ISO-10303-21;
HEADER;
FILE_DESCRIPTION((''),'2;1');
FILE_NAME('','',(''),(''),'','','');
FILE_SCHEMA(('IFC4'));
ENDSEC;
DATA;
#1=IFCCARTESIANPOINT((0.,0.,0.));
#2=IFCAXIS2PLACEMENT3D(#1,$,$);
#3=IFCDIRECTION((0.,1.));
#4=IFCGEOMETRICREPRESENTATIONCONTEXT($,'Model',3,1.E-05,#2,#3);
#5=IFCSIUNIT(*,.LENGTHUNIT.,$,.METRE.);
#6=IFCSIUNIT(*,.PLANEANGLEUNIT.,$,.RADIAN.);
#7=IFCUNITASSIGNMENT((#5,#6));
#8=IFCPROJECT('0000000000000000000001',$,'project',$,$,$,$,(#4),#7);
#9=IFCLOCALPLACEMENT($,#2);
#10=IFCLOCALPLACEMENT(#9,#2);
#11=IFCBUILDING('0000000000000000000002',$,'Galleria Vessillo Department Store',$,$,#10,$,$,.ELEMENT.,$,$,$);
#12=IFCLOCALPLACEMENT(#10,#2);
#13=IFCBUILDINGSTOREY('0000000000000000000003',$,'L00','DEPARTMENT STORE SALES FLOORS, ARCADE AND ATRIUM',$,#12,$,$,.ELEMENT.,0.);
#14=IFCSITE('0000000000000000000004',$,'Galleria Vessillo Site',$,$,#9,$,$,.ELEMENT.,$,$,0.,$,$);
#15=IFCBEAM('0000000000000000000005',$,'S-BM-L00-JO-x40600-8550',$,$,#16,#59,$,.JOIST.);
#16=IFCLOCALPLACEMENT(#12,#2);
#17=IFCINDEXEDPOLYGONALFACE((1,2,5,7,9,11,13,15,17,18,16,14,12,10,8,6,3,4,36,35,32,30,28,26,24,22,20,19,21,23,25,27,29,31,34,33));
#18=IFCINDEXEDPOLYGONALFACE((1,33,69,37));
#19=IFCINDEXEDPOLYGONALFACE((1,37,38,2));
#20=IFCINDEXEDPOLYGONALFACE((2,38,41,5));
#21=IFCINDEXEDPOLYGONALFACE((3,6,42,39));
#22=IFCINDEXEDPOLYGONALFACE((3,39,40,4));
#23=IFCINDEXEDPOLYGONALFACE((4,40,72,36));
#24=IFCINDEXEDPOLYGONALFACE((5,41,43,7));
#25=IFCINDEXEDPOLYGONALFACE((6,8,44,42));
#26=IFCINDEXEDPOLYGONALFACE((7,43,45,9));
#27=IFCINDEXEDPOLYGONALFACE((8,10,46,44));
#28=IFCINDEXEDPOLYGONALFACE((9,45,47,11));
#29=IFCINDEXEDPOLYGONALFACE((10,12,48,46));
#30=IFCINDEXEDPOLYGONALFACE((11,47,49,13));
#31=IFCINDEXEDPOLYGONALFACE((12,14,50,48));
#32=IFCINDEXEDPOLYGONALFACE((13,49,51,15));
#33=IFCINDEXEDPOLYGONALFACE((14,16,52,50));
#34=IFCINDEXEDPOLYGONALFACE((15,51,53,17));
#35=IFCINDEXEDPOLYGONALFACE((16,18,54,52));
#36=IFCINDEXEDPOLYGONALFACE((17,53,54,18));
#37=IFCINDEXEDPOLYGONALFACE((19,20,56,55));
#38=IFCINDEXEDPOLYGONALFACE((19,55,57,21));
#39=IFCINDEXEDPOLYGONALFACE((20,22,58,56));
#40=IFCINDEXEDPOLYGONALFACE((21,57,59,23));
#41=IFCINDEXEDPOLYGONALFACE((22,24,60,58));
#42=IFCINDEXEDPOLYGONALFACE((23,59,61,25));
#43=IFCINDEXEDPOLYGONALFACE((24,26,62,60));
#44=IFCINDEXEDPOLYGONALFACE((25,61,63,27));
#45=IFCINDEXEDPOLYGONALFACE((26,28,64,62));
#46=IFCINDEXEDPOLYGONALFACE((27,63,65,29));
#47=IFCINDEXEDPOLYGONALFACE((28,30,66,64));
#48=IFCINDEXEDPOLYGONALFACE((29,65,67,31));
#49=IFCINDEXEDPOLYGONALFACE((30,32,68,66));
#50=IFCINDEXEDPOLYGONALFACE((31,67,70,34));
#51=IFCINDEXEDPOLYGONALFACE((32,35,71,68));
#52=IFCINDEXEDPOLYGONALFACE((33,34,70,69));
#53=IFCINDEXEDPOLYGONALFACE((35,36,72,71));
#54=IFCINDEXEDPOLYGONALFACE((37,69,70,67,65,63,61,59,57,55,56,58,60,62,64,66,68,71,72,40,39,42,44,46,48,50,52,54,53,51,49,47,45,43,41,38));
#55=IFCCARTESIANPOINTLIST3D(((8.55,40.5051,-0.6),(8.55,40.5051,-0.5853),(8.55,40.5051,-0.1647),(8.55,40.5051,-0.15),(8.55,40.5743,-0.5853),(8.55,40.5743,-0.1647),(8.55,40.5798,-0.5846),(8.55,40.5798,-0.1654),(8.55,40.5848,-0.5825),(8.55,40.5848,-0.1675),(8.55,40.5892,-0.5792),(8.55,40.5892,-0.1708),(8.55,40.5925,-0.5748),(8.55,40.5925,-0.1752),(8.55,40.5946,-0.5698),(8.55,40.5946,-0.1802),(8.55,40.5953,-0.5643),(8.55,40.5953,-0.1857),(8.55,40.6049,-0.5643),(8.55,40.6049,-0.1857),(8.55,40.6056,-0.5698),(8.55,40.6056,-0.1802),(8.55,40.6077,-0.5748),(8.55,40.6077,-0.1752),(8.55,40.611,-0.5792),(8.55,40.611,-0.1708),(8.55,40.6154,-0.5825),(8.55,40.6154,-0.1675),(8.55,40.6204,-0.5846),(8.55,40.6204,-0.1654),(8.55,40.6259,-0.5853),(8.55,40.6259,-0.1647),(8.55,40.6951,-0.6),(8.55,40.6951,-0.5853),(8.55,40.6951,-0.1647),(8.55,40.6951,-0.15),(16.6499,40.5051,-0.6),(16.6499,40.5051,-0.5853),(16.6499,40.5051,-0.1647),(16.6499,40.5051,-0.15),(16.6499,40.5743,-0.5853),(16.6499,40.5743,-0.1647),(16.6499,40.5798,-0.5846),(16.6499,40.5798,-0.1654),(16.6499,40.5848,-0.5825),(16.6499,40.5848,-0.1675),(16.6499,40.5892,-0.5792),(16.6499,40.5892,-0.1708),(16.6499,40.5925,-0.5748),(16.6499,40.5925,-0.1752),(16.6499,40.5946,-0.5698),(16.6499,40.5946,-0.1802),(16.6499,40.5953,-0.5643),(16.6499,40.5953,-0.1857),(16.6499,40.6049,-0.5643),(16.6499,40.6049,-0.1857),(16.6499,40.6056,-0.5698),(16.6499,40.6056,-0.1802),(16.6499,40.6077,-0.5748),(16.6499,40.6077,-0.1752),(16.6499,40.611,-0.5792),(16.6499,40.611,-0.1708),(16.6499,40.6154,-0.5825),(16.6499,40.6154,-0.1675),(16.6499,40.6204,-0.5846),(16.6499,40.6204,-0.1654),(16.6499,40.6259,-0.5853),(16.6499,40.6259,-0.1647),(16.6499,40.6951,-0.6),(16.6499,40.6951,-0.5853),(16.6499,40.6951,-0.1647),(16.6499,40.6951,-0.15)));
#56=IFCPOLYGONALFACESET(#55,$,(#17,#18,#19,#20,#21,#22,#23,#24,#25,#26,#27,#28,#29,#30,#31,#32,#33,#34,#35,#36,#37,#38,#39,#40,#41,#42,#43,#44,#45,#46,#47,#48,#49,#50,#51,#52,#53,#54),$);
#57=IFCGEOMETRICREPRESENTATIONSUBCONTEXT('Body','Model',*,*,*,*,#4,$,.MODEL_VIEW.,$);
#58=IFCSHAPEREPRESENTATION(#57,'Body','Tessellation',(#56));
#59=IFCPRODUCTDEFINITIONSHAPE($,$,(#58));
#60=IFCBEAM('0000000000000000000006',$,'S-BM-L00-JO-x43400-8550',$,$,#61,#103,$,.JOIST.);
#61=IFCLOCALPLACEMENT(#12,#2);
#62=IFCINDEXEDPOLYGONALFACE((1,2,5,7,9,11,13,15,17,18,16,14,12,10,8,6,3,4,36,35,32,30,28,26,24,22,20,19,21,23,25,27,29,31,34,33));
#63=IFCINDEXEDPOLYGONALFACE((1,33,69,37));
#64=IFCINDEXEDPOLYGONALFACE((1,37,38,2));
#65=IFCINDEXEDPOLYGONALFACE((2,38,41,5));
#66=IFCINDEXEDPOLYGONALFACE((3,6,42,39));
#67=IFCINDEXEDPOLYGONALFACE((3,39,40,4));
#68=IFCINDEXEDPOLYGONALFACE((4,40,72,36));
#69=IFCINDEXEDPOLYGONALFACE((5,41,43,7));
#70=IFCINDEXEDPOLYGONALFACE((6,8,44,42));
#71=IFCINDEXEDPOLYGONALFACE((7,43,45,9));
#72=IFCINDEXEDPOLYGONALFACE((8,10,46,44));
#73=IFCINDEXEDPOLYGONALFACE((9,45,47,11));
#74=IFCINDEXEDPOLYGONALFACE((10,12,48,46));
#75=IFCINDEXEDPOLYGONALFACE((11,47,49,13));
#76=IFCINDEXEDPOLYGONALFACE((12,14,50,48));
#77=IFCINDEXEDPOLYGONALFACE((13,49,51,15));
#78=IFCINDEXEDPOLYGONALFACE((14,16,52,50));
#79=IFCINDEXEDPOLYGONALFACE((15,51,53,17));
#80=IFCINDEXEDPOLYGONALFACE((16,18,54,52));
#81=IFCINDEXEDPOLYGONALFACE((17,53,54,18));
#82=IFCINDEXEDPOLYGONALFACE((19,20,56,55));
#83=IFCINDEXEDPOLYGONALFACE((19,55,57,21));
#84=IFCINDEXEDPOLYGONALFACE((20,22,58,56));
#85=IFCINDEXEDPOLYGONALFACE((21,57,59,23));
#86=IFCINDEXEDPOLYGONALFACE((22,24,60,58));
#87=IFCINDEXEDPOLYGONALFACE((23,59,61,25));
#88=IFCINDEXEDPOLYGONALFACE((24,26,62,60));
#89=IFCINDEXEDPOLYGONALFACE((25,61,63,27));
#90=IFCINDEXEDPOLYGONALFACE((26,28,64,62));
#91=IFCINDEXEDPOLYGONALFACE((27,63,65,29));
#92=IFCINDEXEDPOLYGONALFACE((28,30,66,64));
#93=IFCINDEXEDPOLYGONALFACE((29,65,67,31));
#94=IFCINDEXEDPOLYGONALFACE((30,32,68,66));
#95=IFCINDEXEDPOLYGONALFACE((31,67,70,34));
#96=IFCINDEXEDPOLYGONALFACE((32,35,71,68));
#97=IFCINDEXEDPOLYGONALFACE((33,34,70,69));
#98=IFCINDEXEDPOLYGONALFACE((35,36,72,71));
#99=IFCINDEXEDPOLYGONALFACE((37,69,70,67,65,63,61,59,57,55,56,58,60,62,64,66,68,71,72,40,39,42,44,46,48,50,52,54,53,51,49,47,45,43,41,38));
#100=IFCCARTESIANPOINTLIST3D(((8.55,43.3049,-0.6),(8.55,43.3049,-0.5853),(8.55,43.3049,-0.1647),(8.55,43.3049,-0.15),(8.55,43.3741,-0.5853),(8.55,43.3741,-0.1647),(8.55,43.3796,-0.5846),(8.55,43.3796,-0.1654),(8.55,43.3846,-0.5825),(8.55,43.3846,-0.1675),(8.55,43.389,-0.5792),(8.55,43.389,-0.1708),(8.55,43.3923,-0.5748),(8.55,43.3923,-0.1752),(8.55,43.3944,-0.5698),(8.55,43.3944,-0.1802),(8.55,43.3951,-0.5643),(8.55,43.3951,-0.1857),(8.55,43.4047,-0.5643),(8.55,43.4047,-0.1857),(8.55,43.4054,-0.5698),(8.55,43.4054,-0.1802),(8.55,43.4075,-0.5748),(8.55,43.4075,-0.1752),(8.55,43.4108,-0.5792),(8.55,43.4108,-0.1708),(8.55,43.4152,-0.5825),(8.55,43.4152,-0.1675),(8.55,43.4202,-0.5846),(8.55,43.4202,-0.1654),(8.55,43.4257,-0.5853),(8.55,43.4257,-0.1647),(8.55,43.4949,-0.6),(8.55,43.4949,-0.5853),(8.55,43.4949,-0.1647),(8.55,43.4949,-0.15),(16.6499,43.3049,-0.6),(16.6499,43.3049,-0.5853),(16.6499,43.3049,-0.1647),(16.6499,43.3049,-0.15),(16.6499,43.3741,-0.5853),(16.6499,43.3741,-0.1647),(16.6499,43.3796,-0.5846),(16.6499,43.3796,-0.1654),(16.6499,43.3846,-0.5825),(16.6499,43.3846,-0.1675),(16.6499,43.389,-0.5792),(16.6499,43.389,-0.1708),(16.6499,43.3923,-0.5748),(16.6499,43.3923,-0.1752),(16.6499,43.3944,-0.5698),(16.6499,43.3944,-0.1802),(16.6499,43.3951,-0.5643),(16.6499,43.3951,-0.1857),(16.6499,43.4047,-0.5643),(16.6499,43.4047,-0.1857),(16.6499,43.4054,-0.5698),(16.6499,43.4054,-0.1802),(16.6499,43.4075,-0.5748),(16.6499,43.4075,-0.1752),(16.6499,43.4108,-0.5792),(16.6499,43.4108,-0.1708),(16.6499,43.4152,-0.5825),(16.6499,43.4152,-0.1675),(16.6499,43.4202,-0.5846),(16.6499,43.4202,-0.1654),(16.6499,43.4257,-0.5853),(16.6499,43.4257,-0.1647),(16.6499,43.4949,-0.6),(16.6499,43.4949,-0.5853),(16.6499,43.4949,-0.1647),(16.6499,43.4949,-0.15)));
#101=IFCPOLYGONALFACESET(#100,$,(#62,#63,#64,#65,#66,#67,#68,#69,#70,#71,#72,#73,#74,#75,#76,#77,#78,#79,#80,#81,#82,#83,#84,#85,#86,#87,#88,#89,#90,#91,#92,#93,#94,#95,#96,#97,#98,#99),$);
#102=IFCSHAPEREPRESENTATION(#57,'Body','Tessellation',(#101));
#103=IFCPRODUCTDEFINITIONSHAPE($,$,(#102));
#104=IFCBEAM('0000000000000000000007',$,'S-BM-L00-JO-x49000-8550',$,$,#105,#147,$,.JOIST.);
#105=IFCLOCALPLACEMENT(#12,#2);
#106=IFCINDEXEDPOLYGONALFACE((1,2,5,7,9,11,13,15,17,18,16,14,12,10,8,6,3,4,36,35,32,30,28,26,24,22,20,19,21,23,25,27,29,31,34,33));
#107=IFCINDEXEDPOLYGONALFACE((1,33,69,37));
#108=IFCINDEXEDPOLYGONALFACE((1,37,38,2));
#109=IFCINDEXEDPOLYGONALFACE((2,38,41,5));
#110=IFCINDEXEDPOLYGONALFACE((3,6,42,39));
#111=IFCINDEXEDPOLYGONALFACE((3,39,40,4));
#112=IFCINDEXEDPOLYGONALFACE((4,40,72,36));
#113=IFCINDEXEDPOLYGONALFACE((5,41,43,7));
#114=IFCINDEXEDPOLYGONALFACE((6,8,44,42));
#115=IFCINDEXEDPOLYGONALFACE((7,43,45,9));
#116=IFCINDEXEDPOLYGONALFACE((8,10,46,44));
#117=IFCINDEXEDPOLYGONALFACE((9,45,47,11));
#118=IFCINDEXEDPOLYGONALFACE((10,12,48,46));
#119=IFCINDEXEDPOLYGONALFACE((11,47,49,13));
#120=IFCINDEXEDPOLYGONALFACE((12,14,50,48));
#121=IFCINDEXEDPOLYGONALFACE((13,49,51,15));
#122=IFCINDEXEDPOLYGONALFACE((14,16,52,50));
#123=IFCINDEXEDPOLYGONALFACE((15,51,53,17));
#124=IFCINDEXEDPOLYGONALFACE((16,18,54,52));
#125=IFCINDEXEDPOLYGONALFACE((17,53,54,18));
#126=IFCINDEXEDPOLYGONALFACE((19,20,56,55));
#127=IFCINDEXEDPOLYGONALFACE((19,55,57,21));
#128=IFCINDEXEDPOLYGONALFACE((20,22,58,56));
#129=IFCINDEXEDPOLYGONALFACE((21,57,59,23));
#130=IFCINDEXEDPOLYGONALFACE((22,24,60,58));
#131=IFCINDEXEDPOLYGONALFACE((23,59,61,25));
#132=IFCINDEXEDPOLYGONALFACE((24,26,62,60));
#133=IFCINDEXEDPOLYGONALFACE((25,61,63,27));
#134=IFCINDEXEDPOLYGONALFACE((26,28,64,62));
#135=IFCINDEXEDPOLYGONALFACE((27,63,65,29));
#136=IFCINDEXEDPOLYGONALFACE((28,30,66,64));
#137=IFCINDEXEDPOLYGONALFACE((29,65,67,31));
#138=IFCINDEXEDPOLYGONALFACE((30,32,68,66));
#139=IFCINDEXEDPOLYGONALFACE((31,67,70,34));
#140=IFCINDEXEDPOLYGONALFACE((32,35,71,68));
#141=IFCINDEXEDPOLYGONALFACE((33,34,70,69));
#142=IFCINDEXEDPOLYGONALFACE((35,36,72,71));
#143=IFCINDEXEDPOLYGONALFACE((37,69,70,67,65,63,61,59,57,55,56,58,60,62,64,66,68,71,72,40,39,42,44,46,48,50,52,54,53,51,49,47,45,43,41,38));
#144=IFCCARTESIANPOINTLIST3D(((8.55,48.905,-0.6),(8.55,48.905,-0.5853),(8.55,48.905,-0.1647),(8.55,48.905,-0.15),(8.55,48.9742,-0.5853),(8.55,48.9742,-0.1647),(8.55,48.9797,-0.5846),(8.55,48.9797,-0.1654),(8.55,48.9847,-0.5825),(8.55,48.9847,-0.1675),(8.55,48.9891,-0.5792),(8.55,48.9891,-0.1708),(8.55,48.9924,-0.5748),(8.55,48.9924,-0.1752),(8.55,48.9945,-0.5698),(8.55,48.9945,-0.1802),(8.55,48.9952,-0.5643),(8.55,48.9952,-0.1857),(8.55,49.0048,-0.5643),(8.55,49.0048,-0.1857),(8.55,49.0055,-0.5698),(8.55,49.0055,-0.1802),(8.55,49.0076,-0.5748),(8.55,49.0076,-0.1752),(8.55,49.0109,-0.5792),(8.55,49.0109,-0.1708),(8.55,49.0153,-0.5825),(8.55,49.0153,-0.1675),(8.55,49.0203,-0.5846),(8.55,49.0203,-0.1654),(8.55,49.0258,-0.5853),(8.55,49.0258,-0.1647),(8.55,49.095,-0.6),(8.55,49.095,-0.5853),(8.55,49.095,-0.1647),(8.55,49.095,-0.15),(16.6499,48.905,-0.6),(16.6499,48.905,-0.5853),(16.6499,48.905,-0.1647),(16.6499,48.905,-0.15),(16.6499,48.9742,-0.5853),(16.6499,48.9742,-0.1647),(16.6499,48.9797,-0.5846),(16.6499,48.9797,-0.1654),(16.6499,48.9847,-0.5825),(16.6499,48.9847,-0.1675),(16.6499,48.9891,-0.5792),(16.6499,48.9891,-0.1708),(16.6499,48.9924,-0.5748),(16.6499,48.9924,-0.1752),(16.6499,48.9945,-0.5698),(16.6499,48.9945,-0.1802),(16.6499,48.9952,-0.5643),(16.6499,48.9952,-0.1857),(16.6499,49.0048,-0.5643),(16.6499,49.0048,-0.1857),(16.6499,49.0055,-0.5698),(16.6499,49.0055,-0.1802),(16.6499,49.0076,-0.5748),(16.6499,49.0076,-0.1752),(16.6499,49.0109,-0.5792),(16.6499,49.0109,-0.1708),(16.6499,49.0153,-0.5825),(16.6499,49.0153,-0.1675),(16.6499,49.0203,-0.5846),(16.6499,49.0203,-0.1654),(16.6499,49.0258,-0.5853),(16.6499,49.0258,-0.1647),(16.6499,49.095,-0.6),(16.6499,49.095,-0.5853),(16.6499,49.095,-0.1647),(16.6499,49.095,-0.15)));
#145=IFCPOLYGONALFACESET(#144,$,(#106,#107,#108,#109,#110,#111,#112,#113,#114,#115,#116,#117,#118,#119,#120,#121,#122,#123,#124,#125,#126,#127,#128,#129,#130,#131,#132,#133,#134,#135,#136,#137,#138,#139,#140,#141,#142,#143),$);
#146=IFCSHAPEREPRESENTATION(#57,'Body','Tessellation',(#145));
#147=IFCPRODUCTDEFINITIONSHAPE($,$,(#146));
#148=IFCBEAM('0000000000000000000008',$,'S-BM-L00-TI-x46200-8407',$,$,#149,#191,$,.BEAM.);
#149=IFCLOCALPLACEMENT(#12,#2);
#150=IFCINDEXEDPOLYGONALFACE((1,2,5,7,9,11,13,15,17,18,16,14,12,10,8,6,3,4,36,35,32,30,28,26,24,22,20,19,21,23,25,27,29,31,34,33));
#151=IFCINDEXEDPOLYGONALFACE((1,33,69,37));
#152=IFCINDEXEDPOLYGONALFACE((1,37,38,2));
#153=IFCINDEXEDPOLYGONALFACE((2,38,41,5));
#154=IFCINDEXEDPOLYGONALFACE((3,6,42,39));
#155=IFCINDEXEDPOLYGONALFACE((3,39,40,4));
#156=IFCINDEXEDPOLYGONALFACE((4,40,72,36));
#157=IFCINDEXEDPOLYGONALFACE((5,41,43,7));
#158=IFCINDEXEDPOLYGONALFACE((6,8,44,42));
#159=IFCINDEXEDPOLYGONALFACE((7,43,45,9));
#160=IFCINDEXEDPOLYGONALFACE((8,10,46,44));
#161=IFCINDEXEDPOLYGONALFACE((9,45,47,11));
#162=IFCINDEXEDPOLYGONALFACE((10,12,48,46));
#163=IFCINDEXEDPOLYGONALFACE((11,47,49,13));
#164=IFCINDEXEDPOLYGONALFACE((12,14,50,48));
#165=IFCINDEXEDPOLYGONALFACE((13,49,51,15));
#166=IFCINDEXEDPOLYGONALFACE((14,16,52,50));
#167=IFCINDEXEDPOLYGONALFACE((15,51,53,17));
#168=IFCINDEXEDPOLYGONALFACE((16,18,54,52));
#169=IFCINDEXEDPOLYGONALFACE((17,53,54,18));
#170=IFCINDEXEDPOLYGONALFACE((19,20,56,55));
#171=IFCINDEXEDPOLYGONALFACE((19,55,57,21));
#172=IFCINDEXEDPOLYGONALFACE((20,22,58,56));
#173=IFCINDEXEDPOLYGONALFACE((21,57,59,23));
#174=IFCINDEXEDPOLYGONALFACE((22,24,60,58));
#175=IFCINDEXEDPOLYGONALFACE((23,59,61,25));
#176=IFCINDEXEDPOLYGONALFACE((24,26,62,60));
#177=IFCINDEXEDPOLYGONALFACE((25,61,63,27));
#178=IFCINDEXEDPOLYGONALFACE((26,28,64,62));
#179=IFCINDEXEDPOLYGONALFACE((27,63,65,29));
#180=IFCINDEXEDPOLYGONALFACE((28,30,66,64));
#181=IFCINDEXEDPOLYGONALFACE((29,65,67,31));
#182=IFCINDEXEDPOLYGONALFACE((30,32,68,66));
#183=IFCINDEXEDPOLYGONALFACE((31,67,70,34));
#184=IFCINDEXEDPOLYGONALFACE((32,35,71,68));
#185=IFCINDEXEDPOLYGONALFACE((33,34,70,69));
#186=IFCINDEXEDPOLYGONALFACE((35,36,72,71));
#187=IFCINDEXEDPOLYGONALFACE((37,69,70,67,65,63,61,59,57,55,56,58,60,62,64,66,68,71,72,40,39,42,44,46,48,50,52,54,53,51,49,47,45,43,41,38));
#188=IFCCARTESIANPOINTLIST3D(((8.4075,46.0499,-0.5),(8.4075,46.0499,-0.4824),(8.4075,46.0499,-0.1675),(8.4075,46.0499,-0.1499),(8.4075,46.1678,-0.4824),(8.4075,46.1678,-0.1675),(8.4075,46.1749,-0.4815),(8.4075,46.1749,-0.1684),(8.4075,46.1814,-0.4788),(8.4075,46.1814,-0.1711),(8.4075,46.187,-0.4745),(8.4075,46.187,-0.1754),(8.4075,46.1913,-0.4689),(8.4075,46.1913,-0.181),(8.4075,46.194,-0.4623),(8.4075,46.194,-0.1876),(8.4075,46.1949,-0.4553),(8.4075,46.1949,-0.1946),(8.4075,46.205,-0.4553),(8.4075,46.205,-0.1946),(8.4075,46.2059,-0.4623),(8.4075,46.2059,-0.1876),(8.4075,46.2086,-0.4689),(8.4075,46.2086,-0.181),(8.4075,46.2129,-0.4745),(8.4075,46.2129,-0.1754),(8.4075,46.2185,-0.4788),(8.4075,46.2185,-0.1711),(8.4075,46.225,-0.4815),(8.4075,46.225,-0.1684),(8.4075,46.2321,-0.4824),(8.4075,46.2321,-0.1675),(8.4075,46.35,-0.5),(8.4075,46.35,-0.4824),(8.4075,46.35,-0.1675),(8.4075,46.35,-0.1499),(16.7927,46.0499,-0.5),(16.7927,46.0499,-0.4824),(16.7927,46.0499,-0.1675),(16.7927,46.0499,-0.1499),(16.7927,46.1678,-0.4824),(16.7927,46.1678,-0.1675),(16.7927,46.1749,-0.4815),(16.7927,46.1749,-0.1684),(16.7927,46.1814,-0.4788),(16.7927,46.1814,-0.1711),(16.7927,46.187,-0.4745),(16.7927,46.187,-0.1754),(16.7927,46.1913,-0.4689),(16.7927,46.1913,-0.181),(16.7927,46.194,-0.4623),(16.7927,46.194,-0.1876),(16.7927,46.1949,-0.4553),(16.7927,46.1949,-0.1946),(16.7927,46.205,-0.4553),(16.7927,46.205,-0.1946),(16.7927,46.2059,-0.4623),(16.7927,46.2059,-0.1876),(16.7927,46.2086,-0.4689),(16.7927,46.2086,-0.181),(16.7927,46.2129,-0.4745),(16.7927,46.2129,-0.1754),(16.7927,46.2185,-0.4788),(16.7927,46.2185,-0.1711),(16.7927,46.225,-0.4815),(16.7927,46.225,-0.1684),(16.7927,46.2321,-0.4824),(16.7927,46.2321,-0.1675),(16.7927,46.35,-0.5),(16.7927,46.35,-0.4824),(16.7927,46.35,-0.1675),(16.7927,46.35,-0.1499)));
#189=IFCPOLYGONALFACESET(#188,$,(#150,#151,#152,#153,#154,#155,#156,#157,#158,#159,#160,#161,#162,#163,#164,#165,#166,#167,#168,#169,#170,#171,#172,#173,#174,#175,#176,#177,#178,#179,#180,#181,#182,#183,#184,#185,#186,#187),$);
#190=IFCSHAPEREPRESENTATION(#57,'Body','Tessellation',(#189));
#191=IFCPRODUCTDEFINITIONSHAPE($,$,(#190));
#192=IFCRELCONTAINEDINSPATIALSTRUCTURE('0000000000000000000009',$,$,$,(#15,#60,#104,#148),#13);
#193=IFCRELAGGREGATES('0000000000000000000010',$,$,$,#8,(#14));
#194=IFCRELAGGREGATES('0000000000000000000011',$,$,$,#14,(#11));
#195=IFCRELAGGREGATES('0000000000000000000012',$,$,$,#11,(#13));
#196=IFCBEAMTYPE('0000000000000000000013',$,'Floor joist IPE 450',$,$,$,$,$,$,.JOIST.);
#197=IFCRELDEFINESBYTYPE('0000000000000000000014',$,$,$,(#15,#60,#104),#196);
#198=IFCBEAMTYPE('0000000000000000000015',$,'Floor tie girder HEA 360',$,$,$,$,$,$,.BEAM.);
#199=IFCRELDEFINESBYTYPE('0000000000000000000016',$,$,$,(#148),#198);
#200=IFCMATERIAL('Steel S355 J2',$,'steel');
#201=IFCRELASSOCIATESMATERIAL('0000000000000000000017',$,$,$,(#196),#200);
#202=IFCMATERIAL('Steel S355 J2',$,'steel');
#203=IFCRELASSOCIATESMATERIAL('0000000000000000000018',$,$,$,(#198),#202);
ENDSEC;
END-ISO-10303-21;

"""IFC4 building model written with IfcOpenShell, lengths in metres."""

from ifc_helpers import new_model, si_unit, direction, frame, origin, origin_2d, place, context, subcontext, project, spatial, i_section, extrude, material, material_profile, profile_set, type_object, element, save


model = new_model("IFC4")

# Units and contexts
model_context = context("Model", 3, precision=1e-05, world=origin(), true_north=direction((0.0, 1.0)))
body_context = subcontext(model_context, "Body", "Model", "MODEL_VIEW")
ifc_project = project(units=[si_unit("LENGTHUNIT", "METRE"), si_unit("PLANEANGLEUNIT", "RADIAN")], contexts=[model_context])

# Site, building, storey
site_placement = place(None, origin())
site = spatial("IfcSite", under=ifc_project, at=site_placement, Name="Galleria Vessillo Site", CompositionType="ELEMENT", RefElevation=0.0)
building_placement = place(site_placement, origin())
building = spatial("IfcBuilding", under=site, at=building_placement, Name="Galleria Vessillo Department Store", CompositionType="ELEMENT")
storey_placement = place(building_placement, origin())
storey = spatial("IfcBuildingStorey", under=building, at=storey_placement, Name="L00", Description="DEPARTMENT STORE SALES FLOORS, ARCADE AND ATRIUM", CompositionType="ELEMENT", Elevation=0.0)

# Beams
ifc_material_1 = material(Name="Steel S355 J2", Category="steel")
ifc_material_profile_1 = material_profile(ifc_material_1, i_section(OverallWidth=0.1899, OverallDepth=0.45, WebThickness=0.0095, FlangeThickness=0.0146, FilletRadius=0.021, at=origin_2d()), Name="IPE 450")
ifc_profile_set_1 = profile_set([ifc_material_profile_1], Name="Steel S355 J2")
beam_type_1 = type_object("IfcBeamType", Name="Floor joist IPE 450", PredefinedType="JOIST", material=ifc_profile_set_1)
for number, where, z_axis, x_axis, name in (
    (1, (8.55, 40.6001, -0.375), (1.0, 0.0, 0.0), (0.0, 1.0, 0.0), "S-BM-L00-JO-x40600-8550"),
    (2, (8.55, 43.3999, -0.375), (1.0, 0.0, 0.0), (0.0, 1.0, 0.0), "S-BM-L00-JO-x43400-8550"),
    (3, (8.55, 49.0, -0.375), (1.0, 0.0, 0.0), (0.0, 1.0, 0.0), "S-BM-L00-JO-x49000-8550"),
):
    element("IfcBeam", number, at=place(storey_placement, frame(where, z_axis=z_axis, x_axis=x_axis)), inside=storey, type_object=beam_type_1, Name=name, PredefinedType="JOIST", context=body_context, shape_type="SweptSolid", body=[
        extrude(i_section(OverallWidth=0.1899, OverallDepth=0.45, WebThickness=0.0095, FlangeThickness=0.0146, FilletRadius=0.021, at=origin_2d()), origin(), (0.0, 0.0, 1.0), 8.0999),
    ])
ifc_material_2 = material(Name="Steel S355 J2", Category="steel")
ifc_material_profile_2 = material_profile(ifc_material_2, i_section(OverallWidth=0.3, OverallDepth=0.3501, WebThickness=0.01, FlangeThickness=0.0176, FilletRadius=0.0271, at=origin_2d()), Name="HEA 360")
ifc_profile_set_2 = profile_set([ifc_material_profile_2], Name="Steel S355 J2")
beam_type_2 = type_object("IfcBeamType", Name="Floor tie girder HEA 360", PredefinedType="BEAM", material=ifc_profile_set_2)
beam_1_placement = place(storey_placement, frame((8.4075, 46.2, -0.325), z_axis=(1.0, 0.0, 0.0), x_axis=(0.0, 1.0, 0.0)))
element("IfcBeam", 4, at=beam_1_placement, inside=storey, type_object=beam_type_2, Name="S-BM-L00-TI-x46200-8407", PredefinedType="BEAM", context=body_context, shape_type="SweptSolid", body=[
    extrude(i_section(OverallWidth=0.3, OverallDepth=0.3501, WebThickness=0.01, FlangeThickness=0.0176, FilletRadius=0.0271, at=origin_2d()), origin(), (0.0, 0.0, 1.0), 8.3853),
])

save(model, "model.ifc")
